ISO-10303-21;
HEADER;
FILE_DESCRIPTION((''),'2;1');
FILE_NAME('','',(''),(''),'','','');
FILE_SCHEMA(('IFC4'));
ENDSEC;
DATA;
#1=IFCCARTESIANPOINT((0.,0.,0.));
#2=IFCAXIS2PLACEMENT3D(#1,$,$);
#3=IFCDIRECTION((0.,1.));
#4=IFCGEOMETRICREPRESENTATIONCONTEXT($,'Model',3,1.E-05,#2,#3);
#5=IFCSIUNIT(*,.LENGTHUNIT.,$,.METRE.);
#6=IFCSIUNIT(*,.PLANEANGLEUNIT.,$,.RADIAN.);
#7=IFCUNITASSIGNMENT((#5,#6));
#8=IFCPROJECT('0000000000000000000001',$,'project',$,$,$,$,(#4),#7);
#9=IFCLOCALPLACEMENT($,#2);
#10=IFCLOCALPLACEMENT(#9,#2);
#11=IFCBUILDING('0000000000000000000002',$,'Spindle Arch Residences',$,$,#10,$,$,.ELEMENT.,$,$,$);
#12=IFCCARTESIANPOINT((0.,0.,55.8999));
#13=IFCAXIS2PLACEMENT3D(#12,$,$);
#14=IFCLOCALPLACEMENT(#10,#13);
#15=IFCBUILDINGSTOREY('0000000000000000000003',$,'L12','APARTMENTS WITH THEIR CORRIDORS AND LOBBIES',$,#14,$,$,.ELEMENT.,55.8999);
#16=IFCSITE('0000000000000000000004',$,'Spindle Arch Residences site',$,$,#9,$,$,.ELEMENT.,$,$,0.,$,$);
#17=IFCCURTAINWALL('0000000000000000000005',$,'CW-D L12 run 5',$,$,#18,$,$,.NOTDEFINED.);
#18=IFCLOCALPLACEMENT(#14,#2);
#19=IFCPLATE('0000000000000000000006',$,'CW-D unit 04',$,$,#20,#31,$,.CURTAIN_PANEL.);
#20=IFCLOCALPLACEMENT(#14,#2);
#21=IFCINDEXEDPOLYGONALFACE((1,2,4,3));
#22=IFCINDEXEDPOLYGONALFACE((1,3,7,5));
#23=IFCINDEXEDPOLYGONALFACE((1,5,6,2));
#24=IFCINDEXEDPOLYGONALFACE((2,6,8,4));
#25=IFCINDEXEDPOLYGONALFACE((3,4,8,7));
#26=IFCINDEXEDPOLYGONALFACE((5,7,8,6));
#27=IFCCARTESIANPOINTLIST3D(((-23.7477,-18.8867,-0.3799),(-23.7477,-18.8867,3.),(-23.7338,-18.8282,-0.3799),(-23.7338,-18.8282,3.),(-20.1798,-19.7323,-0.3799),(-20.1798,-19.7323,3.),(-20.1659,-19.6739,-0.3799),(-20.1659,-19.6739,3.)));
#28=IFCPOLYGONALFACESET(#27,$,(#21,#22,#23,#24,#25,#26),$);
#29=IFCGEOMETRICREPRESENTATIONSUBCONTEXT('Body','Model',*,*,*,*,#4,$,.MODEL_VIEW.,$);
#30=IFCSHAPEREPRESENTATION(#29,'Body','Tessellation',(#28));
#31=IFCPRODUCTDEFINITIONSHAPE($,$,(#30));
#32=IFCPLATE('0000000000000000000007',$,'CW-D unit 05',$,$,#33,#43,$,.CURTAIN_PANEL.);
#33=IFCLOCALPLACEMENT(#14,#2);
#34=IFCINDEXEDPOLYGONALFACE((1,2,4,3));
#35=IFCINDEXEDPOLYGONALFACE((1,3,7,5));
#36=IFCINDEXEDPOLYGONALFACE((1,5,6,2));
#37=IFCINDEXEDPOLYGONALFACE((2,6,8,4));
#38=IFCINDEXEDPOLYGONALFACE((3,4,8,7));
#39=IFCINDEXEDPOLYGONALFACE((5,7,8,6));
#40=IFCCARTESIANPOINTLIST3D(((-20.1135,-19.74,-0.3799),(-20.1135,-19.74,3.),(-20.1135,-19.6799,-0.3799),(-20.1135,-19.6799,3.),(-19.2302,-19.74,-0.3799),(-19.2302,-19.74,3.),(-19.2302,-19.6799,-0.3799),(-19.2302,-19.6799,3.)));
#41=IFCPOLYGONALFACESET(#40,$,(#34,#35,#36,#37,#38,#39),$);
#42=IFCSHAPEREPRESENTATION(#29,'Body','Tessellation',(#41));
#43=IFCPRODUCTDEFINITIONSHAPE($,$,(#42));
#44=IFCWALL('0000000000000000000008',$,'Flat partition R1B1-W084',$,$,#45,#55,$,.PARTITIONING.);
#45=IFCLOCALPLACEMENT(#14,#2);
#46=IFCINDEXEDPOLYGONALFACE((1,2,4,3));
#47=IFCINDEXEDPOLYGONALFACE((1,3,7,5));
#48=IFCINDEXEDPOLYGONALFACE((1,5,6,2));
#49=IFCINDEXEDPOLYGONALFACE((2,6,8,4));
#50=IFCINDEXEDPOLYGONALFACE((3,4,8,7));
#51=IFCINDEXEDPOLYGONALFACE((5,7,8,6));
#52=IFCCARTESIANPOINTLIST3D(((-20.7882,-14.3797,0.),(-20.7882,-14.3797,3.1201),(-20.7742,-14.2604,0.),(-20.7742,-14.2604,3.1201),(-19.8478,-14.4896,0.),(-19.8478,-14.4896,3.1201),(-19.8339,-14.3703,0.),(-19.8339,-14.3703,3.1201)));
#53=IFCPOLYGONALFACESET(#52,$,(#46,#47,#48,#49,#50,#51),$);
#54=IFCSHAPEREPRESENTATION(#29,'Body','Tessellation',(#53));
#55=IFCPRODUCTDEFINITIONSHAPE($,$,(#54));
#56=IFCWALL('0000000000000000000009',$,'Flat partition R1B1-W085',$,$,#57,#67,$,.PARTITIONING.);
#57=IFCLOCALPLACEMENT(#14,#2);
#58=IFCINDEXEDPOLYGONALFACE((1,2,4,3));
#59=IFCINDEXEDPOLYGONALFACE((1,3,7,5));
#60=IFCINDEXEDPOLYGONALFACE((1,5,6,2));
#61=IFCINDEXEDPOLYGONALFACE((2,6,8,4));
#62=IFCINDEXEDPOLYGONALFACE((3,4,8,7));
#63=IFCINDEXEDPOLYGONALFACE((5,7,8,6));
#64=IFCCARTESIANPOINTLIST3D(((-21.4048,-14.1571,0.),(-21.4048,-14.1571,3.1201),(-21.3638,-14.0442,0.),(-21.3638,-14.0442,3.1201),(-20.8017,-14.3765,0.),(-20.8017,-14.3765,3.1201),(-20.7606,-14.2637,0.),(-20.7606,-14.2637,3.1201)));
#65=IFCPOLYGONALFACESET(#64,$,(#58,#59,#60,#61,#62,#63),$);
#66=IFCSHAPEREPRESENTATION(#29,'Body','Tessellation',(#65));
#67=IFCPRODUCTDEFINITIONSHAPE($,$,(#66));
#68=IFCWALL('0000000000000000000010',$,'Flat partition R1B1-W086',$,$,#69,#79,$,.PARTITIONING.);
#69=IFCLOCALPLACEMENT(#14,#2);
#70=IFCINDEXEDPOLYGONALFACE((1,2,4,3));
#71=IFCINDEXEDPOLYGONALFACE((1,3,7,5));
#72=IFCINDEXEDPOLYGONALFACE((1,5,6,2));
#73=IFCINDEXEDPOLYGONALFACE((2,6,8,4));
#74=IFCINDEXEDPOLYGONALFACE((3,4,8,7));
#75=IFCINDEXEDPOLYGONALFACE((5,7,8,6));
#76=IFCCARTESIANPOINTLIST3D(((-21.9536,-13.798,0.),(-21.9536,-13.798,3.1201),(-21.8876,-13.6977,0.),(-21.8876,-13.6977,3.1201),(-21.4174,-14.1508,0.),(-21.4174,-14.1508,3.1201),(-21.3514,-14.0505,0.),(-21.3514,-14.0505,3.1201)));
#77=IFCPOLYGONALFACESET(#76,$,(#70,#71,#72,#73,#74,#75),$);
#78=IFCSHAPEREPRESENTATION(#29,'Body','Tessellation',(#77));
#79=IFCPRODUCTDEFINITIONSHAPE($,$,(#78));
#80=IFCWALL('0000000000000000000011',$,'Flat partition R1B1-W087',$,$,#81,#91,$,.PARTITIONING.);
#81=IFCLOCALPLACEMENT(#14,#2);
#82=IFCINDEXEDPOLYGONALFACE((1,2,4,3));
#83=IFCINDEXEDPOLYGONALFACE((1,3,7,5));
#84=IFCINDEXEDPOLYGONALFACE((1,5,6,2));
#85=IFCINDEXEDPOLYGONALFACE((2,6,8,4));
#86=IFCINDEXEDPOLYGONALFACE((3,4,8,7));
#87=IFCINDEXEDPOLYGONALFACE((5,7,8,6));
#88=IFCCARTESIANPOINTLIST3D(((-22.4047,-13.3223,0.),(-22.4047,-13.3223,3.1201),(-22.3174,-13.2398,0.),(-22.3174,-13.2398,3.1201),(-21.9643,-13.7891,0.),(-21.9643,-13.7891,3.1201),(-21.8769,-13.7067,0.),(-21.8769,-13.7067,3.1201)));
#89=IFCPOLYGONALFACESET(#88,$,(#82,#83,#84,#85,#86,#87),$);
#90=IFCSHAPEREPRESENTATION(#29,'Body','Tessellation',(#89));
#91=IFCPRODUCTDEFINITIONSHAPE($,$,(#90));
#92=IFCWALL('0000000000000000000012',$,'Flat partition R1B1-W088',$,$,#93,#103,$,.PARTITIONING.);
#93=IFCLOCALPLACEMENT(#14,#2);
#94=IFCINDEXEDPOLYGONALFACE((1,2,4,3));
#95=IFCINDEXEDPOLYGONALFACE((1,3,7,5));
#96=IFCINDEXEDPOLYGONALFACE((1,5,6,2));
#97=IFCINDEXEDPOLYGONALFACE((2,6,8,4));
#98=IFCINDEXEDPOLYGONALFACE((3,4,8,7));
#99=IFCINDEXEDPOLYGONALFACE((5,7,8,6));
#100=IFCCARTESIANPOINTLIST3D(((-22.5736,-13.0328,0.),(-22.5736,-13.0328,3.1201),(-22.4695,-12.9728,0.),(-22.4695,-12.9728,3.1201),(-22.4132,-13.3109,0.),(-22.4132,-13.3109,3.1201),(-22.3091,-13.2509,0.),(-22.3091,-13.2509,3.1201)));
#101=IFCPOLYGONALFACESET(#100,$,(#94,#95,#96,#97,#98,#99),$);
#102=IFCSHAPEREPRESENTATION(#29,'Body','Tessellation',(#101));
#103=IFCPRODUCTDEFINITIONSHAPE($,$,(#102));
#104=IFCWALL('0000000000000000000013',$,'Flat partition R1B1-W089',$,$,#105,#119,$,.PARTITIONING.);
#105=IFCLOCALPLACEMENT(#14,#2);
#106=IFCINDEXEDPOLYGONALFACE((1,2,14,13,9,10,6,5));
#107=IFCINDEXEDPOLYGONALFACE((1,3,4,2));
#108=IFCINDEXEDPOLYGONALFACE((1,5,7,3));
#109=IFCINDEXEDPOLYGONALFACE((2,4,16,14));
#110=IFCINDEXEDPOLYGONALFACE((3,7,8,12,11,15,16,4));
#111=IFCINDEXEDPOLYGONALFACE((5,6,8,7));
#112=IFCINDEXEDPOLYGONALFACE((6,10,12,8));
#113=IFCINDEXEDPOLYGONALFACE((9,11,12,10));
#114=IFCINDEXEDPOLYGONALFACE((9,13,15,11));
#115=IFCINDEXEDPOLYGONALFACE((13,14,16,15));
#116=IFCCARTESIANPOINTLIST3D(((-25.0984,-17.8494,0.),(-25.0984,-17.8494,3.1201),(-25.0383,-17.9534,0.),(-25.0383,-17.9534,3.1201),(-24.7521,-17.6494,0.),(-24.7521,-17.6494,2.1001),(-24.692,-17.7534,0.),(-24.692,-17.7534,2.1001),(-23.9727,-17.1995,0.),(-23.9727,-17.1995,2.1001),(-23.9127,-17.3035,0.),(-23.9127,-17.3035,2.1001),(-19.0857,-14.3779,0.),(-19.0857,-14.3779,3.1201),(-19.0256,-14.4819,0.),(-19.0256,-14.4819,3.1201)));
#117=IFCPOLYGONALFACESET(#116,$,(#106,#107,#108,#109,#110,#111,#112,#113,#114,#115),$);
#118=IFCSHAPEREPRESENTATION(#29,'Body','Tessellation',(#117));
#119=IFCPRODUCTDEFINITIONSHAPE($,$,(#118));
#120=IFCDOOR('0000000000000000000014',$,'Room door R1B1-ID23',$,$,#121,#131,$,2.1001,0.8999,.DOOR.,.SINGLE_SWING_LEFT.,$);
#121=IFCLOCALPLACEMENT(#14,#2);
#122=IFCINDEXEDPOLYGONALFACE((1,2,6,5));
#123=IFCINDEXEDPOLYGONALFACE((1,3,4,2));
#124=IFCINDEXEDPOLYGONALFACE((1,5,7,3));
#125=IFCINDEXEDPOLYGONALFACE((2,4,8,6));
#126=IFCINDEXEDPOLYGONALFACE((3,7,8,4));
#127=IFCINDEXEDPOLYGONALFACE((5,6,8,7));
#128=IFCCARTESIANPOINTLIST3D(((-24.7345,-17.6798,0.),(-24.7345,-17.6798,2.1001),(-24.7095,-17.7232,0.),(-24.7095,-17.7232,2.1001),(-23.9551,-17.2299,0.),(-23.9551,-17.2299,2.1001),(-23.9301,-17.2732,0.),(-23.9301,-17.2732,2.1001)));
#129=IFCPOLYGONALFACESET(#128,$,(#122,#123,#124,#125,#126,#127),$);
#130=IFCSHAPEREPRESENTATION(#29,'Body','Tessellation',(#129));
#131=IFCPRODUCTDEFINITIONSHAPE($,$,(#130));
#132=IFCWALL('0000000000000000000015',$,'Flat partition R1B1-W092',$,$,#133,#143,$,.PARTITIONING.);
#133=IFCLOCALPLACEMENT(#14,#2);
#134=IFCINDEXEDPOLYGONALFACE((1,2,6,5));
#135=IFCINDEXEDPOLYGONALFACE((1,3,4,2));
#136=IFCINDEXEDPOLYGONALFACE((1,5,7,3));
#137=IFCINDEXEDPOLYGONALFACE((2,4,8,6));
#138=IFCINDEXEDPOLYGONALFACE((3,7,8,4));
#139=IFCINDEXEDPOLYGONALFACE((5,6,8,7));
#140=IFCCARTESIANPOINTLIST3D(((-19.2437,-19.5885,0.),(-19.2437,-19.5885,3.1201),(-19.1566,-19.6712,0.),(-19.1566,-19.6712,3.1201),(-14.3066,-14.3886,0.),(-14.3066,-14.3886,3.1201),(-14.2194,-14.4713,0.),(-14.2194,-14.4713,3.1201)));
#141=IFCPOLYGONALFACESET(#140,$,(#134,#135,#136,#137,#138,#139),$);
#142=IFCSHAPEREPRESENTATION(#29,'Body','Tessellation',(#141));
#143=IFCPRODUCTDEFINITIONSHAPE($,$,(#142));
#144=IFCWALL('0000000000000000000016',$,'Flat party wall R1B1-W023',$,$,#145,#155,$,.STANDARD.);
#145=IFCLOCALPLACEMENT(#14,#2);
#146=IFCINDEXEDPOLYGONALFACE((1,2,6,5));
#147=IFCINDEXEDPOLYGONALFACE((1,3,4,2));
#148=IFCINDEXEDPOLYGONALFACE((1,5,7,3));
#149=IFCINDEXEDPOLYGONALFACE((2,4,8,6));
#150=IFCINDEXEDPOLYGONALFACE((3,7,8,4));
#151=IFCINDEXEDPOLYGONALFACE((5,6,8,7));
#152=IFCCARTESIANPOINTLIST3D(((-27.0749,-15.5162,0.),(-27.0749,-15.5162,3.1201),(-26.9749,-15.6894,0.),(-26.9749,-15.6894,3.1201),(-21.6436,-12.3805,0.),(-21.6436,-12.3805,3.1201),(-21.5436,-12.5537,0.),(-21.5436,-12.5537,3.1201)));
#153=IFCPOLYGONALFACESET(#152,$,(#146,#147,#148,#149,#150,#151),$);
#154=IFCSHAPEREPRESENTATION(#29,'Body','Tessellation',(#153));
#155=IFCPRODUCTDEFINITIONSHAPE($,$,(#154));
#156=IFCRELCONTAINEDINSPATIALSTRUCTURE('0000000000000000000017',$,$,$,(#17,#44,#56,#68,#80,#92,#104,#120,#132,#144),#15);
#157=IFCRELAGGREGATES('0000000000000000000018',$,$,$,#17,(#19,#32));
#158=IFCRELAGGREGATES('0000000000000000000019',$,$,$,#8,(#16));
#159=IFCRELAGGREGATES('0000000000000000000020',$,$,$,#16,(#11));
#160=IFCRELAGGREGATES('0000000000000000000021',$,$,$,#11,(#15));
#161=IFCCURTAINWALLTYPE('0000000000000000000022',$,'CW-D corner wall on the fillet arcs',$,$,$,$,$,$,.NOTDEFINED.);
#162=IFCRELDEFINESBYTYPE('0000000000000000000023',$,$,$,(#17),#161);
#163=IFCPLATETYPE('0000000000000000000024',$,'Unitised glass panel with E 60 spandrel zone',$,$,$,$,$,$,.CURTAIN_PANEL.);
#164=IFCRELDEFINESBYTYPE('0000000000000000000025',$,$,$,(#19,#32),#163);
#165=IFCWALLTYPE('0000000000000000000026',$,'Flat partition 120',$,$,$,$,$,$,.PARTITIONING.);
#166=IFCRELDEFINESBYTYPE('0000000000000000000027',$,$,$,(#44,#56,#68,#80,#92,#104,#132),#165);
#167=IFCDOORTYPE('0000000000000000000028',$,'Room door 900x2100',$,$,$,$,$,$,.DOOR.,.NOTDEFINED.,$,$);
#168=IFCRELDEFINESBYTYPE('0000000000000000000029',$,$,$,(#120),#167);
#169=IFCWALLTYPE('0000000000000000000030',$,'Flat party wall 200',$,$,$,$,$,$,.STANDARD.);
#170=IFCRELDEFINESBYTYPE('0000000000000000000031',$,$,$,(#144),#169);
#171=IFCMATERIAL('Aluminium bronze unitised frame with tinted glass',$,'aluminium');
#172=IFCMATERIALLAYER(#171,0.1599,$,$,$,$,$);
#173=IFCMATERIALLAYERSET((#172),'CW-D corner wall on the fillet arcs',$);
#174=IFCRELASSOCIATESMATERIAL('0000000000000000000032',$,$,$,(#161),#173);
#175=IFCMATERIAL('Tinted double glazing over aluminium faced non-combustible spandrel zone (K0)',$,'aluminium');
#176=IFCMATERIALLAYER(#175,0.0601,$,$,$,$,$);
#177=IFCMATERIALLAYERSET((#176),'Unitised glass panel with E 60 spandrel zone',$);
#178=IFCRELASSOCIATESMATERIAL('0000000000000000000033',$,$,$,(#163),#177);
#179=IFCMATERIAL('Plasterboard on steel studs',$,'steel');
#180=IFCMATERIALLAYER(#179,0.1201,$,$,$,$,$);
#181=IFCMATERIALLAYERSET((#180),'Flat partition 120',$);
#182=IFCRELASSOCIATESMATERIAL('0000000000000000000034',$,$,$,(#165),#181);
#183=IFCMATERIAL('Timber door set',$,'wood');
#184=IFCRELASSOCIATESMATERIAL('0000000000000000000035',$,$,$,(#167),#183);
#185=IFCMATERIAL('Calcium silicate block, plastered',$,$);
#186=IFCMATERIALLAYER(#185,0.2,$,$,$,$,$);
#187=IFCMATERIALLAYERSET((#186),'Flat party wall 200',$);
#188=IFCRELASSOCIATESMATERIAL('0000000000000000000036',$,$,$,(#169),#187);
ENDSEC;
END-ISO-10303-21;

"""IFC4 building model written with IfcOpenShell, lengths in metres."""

from ifc_helpers import new_model, si_unit, direction, frame, frame_2d, origin, origin_2d, place, context, subcontext, project, spatial, rectangle, extrude, material, layer, layer_set, type_object, element, fill, aggregate, save


model = new_model("IFC4")

# Units and contexts
model_context = context("Model", 3, precision=1e-05, world=origin(), true_north=direction((0.0, 1.0)))
body_context = subcontext(model_context, "Body", "Model", "MODEL_VIEW")
ifc_project = project(units=[si_unit("LENGTHUNIT", "METRE"), si_unit("PLANEANGLEUNIT", "RADIAN")], contexts=[model_context])

# Site, building, storey
site_placement = place(None, origin())
site = spatial("IfcSite", under=ifc_project, at=site_placement, Name="Spindle Arch Residences site", CompositionType="ELEMENT", RefElevation=0.0)
building_placement = place(site_placement, origin())
building = spatial("IfcBuilding", under=site, at=building_placement, Name="Spindle Arch Residences", CompositionType="ELEMENT")
storey_placement = place(building_placement, frame((0.0, 0.0, 55.8999)))
storey = spatial("IfcBuildingStorey", under=building, at=storey_placement, Name="L12", Description="APARTMENTS WITH THEIR CORRIDORS AND LOBBIES", CompositionType="ELEMENT", Elevation=55.8999)

# Curtain wall
ifc_material_1 = material(Name="Aluminium bronze unitised frame with tinted glass", Category="aluminium")
ifc_layer_1 = layer(ifc_material_1, 0.1599)
ifc_layer_set_1 = layer_set([ifc_layer_1], Name="CW-D corner wall on the fillet arcs")
curtain_wall_type_1 = type_object("IfcCurtainWallType", Name="CW-D corner wall on the fillet arcs", PredefinedType="NOTDEFINED", material=ifc_layer_set_1)
curtain_wall_1_placement = place(storey_placement, origin())
curtain_wall_1 = element("IfcCurtainWall", 1, at=curtain_wall_1_placement, inside=storey, type_object=curtain_wall_type_1, Name="CW-D L12 run 5", PredefinedType="NOTDEFINED")

# Plates
ifc_material_2 = material(Name="Tinted double glazing over aluminium faced non-combustible spandrel zone (K0)", Category="aluminium")
ifc_layer_2 = layer(ifc_material_2, 0.0601)
ifc_layer_set_2 = layer_set([ifc_layer_2], Name="Unitised glass panel with E 60 spandrel zone")
plate_type = type_object("IfcPlateType", Name="Unitised glass panel with E 60 spandrel zone", PredefinedType="CURTAIN_PANEL", material=ifc_layer_set_2)
plate_1_placement = place(storey_placement, frame((-21.9568, -19.2803, -0.3799), z_axis=(0.0, 0.0, 1.0), x_axis=(0.973045, -0.230616, 0.0)))
plate_1 = element("IfcPlate", 2, at=plate_1_placement, type_object=plate_type, Name="CW-D unit 04", PredefinedType="CURTAIN_PANEL", context=body_context, shape_type="SweptSolid", body=[
    extrude(rectangle(XDim=3.6667, YDim=0.0601, at=origin_2d()), origin(), (0.0, 0.0, 1.0), 3.3799),
])
plate_2_placement = place(storey_placement, frame((-19.6719, -19.71, -0.3799), z_axis=(0.0, 0.0, 1.0), x_axis=(1.0, 0.0, 0.0)))
plate_2 = element("IfcPlate", 3, at=plate_2_placement, type_object=plate_type, Name="CW-D unit 05", PredefinedType="CURTAIN_PANEL", context=body_context, shape_type="SweptSolid", body=[
    extrude(rectangle(XDim=0.8833, YDim=0.0601, at=origin_2d()), origin(), (0.0, 0.0, 1.0), 3.3799),
])
aggregate(curtain_wall_1, [plate_1, plate_2])

# Walls
ifc_material_3 = material(Name="Plasterboard on steel studs", Category="steel")
ifc_layer_3 = layer(ifc_material_3, 0.1201)
ifc_layer_set_3 = layer_set([ifc_layer_3], Name="Flat partition 120")
wall_type_1 = type_object("IfcWallType", Name="Flat partition 120", PredefinedType="PARTITIONING", material=ifc_layer_set_3)
wall_1_placement = place(storey_placement, frame((-19.8408, -14.4299, 0.0), z_axis=(0.0, 0.0, 1.0), x_axis=(-0.993245, 0.116033, 0.0)))
element("IfcWall", 4, at=wall_1_placement, inside=storey, type_object=wall_type_1, Name="Flat partition R1B1-W084", PredefinedType="PARTITIONING", context=body_context, shape_type="SweptSolid", body=[
    extrude(rectangle(XDim=0.9468, YDim=0.1201, at=frame_2d((0.4734, 0.0))), origin(), (0.0, 0.0, 1.0), 3.1201),
])
for number, where, z_axis, x_axis, name in (
    (5, (-20.7812, -14.3201, 0.0), (0.0, 0.0, 1.0), (-0.939738, 0.341896, 0.0), "Flat partition R1B1-W085"),
    (6, (-21.3845, -14.1006, 0.0), (0.0, 0.0, 1.0), (-0.835371, 0.549686, 0.0), "Flat partition R1B1-W086"),
    (7, (-21.9207, -13.7478, 0.0), (0.0, 0.0, 1.0), (-0.686266, 0.727351, 0.0), "Flat partition R1B1-W087"),
):
    element("IfcWall", number, at=place(storey_placement, frame(where, z_axis=z_axis, x_axis=x_axis)), inside=storey, type_object=wall_type_1, Name=name, PredefinedType="PARTITIONING", context=body_context, shape_type="SweptSolid", body=[
        extrude(rectangle(XDim=0.6418, YDim=0.1201, at=frame_2d((0.3208, 0.0))), origin(), (0.0, 0.0, 1.0), 3.1201),
    ])
wall_2_placement = place(storey_placement, frame((-22.3611, -13.281, 0.0), z_axis=(0.0, 0.0, 1.0), x_axis=(-0.499657, 0.866224, 0.0)))
element("IfcWall", 8, at=wall_2_placement, inside=storey, type_object=wall_type_1, Name="Flat partition R1B1-W088", PredefinedType="PARTITIONING", context=body_context, shape_type="SweptSolid", body=[
    extrude(rectangle(XDim=0.321, YDim=0.1201, at=frame_2d((0.1606, 0.0))), origin(), (0.0, 0.0, 1.0), 3.1201),
])

# Wall, opening, door
wall_3_placement = place(storey_placement, frame((-25.0684, -17.9014, 0.0), z_axis=(0.0, 0.0, 1.0), x_axis=(0.866025, 0.5, 0.0)))
wall_3 = element("IfcWall", 9, at=wall_3_placement, inside=storey, type_object=wall_type_1, Name="Flat partition R1B1-W089", PredefinedType="PARTITIONING", context=body_context, shape_type="SweptSolid", body=[
    extrude(rectangle(XDim=6.9429, YDim=0.1201, at=frame_2d((3.4714, 0.0))), origin(), (0.0, 0.0, 1.0), 3.1201),
])
opening_placement = place(wall_3_placement, frame((0.3999, 0.0, 0.0)))
opening = element("IfcOpeningElement", 10, at=opening_placement, cuts=wall_3, PredefinedType="OPENING", context=body_context, shape_type="SweptSolid", body=[
    extrude(rectangle(XDim=0.8999, YDim=2.1001, at=frame_2d((0.45, 1.05))), frame((0.0, 0.0701, 0.0), z_axis=(0.0, -1.0, 0.0), x_axis=(1.0, 0.0, 0.0)), (0.0, 0.0, 1.0), 0.1401),
])
ifc_material_4 = material(Name="Timber door set", Category="wood")
door_type = type_object("IfcDoorType", Name="Room door 900x2100", OperationType="NOTDEFINED", PredefinedType="DOOR", material=ifc_material_4)
door_placement = place(opening_placement, origin())
door = element("IfcDoor", 11, at=door_placement, inside=storey, type_object=door_type, Name="Room door R1B1-ID23", OperationType="SINGLE_SWING_LEFT", OverallHeight=2.1001, OverallWidth=0.8999, PredefinedType="DOOR", context=body_context, shape_type="SweptSolid", body=[
    extrude(rectangle(XDim=0.8999, YDim=2.1001, at=frame_2d((0.45, 1.05))), frame((0.0, 0.0249, 0.0), z_axis=(0.0, -1.0, 0.0), x_axis=(1.0, 0.0, 0.0)), (0.0, 0.0, 1.0), 0.05),
])
fill(opening, door)

# Walls
wall_4_placement = place(storey_placement, frame((-19.2002, -19.6299, 0.0), z_axis=(0.0, 0.0, 1.0), x_axis=(0.688552, 0.725187, 0.0)))
element("IfcWall", 12, at=wall_4_placement, inside=storey, type_object=wall_type_1, Name="Flat partition R1B1-W092", PredefinedType="PARTITIONING", context=body_context, shape_type="SweptSolid", body=[
    extrude(rectangle(XDim=7.1704, YDim=0.1201, at=frame_2d((3.5852, 0.0))), origin(), (0.0, 0.0, 1.0), 3.1201),
])
ifc_material_5 = material(Name="Calcium silicate block, plastered")
ifc_layer_4 = layer(ifc_material_5, 0.2)
ifc_layer_set_4 = layer_set([ifc_layer_4], Name="Flat party wall 200")
wall_type_2 = type_object("IfcWallType", Name="Flat party wall 200", PredefinedType="STANDARD", material=ifc_layer_set_4)
wall_5_placement = place(storey_placement, frame((-27.0249, -15.6028, 0.0), z_axis=(0.0, 0.0, 1.0), x_axis=(0.866031, 0.499991, 0.0)))
element("IfcWall", 13, at=wall_5_placement, inside=storey, type_object=wall_type_2, Name="Flat party wall R1B1-W023", PredefinedType="STANDARD", context=body_context, shape_type="SweptSolid", body=[
    extrude(rectangle(XDim=6.2715, YDim=0.2, at=frame_2d((3.1357, 0.0))), origin(), (0.0, 0.0, 1.0), 3.1201),
])

save(model, "model.ifc")
